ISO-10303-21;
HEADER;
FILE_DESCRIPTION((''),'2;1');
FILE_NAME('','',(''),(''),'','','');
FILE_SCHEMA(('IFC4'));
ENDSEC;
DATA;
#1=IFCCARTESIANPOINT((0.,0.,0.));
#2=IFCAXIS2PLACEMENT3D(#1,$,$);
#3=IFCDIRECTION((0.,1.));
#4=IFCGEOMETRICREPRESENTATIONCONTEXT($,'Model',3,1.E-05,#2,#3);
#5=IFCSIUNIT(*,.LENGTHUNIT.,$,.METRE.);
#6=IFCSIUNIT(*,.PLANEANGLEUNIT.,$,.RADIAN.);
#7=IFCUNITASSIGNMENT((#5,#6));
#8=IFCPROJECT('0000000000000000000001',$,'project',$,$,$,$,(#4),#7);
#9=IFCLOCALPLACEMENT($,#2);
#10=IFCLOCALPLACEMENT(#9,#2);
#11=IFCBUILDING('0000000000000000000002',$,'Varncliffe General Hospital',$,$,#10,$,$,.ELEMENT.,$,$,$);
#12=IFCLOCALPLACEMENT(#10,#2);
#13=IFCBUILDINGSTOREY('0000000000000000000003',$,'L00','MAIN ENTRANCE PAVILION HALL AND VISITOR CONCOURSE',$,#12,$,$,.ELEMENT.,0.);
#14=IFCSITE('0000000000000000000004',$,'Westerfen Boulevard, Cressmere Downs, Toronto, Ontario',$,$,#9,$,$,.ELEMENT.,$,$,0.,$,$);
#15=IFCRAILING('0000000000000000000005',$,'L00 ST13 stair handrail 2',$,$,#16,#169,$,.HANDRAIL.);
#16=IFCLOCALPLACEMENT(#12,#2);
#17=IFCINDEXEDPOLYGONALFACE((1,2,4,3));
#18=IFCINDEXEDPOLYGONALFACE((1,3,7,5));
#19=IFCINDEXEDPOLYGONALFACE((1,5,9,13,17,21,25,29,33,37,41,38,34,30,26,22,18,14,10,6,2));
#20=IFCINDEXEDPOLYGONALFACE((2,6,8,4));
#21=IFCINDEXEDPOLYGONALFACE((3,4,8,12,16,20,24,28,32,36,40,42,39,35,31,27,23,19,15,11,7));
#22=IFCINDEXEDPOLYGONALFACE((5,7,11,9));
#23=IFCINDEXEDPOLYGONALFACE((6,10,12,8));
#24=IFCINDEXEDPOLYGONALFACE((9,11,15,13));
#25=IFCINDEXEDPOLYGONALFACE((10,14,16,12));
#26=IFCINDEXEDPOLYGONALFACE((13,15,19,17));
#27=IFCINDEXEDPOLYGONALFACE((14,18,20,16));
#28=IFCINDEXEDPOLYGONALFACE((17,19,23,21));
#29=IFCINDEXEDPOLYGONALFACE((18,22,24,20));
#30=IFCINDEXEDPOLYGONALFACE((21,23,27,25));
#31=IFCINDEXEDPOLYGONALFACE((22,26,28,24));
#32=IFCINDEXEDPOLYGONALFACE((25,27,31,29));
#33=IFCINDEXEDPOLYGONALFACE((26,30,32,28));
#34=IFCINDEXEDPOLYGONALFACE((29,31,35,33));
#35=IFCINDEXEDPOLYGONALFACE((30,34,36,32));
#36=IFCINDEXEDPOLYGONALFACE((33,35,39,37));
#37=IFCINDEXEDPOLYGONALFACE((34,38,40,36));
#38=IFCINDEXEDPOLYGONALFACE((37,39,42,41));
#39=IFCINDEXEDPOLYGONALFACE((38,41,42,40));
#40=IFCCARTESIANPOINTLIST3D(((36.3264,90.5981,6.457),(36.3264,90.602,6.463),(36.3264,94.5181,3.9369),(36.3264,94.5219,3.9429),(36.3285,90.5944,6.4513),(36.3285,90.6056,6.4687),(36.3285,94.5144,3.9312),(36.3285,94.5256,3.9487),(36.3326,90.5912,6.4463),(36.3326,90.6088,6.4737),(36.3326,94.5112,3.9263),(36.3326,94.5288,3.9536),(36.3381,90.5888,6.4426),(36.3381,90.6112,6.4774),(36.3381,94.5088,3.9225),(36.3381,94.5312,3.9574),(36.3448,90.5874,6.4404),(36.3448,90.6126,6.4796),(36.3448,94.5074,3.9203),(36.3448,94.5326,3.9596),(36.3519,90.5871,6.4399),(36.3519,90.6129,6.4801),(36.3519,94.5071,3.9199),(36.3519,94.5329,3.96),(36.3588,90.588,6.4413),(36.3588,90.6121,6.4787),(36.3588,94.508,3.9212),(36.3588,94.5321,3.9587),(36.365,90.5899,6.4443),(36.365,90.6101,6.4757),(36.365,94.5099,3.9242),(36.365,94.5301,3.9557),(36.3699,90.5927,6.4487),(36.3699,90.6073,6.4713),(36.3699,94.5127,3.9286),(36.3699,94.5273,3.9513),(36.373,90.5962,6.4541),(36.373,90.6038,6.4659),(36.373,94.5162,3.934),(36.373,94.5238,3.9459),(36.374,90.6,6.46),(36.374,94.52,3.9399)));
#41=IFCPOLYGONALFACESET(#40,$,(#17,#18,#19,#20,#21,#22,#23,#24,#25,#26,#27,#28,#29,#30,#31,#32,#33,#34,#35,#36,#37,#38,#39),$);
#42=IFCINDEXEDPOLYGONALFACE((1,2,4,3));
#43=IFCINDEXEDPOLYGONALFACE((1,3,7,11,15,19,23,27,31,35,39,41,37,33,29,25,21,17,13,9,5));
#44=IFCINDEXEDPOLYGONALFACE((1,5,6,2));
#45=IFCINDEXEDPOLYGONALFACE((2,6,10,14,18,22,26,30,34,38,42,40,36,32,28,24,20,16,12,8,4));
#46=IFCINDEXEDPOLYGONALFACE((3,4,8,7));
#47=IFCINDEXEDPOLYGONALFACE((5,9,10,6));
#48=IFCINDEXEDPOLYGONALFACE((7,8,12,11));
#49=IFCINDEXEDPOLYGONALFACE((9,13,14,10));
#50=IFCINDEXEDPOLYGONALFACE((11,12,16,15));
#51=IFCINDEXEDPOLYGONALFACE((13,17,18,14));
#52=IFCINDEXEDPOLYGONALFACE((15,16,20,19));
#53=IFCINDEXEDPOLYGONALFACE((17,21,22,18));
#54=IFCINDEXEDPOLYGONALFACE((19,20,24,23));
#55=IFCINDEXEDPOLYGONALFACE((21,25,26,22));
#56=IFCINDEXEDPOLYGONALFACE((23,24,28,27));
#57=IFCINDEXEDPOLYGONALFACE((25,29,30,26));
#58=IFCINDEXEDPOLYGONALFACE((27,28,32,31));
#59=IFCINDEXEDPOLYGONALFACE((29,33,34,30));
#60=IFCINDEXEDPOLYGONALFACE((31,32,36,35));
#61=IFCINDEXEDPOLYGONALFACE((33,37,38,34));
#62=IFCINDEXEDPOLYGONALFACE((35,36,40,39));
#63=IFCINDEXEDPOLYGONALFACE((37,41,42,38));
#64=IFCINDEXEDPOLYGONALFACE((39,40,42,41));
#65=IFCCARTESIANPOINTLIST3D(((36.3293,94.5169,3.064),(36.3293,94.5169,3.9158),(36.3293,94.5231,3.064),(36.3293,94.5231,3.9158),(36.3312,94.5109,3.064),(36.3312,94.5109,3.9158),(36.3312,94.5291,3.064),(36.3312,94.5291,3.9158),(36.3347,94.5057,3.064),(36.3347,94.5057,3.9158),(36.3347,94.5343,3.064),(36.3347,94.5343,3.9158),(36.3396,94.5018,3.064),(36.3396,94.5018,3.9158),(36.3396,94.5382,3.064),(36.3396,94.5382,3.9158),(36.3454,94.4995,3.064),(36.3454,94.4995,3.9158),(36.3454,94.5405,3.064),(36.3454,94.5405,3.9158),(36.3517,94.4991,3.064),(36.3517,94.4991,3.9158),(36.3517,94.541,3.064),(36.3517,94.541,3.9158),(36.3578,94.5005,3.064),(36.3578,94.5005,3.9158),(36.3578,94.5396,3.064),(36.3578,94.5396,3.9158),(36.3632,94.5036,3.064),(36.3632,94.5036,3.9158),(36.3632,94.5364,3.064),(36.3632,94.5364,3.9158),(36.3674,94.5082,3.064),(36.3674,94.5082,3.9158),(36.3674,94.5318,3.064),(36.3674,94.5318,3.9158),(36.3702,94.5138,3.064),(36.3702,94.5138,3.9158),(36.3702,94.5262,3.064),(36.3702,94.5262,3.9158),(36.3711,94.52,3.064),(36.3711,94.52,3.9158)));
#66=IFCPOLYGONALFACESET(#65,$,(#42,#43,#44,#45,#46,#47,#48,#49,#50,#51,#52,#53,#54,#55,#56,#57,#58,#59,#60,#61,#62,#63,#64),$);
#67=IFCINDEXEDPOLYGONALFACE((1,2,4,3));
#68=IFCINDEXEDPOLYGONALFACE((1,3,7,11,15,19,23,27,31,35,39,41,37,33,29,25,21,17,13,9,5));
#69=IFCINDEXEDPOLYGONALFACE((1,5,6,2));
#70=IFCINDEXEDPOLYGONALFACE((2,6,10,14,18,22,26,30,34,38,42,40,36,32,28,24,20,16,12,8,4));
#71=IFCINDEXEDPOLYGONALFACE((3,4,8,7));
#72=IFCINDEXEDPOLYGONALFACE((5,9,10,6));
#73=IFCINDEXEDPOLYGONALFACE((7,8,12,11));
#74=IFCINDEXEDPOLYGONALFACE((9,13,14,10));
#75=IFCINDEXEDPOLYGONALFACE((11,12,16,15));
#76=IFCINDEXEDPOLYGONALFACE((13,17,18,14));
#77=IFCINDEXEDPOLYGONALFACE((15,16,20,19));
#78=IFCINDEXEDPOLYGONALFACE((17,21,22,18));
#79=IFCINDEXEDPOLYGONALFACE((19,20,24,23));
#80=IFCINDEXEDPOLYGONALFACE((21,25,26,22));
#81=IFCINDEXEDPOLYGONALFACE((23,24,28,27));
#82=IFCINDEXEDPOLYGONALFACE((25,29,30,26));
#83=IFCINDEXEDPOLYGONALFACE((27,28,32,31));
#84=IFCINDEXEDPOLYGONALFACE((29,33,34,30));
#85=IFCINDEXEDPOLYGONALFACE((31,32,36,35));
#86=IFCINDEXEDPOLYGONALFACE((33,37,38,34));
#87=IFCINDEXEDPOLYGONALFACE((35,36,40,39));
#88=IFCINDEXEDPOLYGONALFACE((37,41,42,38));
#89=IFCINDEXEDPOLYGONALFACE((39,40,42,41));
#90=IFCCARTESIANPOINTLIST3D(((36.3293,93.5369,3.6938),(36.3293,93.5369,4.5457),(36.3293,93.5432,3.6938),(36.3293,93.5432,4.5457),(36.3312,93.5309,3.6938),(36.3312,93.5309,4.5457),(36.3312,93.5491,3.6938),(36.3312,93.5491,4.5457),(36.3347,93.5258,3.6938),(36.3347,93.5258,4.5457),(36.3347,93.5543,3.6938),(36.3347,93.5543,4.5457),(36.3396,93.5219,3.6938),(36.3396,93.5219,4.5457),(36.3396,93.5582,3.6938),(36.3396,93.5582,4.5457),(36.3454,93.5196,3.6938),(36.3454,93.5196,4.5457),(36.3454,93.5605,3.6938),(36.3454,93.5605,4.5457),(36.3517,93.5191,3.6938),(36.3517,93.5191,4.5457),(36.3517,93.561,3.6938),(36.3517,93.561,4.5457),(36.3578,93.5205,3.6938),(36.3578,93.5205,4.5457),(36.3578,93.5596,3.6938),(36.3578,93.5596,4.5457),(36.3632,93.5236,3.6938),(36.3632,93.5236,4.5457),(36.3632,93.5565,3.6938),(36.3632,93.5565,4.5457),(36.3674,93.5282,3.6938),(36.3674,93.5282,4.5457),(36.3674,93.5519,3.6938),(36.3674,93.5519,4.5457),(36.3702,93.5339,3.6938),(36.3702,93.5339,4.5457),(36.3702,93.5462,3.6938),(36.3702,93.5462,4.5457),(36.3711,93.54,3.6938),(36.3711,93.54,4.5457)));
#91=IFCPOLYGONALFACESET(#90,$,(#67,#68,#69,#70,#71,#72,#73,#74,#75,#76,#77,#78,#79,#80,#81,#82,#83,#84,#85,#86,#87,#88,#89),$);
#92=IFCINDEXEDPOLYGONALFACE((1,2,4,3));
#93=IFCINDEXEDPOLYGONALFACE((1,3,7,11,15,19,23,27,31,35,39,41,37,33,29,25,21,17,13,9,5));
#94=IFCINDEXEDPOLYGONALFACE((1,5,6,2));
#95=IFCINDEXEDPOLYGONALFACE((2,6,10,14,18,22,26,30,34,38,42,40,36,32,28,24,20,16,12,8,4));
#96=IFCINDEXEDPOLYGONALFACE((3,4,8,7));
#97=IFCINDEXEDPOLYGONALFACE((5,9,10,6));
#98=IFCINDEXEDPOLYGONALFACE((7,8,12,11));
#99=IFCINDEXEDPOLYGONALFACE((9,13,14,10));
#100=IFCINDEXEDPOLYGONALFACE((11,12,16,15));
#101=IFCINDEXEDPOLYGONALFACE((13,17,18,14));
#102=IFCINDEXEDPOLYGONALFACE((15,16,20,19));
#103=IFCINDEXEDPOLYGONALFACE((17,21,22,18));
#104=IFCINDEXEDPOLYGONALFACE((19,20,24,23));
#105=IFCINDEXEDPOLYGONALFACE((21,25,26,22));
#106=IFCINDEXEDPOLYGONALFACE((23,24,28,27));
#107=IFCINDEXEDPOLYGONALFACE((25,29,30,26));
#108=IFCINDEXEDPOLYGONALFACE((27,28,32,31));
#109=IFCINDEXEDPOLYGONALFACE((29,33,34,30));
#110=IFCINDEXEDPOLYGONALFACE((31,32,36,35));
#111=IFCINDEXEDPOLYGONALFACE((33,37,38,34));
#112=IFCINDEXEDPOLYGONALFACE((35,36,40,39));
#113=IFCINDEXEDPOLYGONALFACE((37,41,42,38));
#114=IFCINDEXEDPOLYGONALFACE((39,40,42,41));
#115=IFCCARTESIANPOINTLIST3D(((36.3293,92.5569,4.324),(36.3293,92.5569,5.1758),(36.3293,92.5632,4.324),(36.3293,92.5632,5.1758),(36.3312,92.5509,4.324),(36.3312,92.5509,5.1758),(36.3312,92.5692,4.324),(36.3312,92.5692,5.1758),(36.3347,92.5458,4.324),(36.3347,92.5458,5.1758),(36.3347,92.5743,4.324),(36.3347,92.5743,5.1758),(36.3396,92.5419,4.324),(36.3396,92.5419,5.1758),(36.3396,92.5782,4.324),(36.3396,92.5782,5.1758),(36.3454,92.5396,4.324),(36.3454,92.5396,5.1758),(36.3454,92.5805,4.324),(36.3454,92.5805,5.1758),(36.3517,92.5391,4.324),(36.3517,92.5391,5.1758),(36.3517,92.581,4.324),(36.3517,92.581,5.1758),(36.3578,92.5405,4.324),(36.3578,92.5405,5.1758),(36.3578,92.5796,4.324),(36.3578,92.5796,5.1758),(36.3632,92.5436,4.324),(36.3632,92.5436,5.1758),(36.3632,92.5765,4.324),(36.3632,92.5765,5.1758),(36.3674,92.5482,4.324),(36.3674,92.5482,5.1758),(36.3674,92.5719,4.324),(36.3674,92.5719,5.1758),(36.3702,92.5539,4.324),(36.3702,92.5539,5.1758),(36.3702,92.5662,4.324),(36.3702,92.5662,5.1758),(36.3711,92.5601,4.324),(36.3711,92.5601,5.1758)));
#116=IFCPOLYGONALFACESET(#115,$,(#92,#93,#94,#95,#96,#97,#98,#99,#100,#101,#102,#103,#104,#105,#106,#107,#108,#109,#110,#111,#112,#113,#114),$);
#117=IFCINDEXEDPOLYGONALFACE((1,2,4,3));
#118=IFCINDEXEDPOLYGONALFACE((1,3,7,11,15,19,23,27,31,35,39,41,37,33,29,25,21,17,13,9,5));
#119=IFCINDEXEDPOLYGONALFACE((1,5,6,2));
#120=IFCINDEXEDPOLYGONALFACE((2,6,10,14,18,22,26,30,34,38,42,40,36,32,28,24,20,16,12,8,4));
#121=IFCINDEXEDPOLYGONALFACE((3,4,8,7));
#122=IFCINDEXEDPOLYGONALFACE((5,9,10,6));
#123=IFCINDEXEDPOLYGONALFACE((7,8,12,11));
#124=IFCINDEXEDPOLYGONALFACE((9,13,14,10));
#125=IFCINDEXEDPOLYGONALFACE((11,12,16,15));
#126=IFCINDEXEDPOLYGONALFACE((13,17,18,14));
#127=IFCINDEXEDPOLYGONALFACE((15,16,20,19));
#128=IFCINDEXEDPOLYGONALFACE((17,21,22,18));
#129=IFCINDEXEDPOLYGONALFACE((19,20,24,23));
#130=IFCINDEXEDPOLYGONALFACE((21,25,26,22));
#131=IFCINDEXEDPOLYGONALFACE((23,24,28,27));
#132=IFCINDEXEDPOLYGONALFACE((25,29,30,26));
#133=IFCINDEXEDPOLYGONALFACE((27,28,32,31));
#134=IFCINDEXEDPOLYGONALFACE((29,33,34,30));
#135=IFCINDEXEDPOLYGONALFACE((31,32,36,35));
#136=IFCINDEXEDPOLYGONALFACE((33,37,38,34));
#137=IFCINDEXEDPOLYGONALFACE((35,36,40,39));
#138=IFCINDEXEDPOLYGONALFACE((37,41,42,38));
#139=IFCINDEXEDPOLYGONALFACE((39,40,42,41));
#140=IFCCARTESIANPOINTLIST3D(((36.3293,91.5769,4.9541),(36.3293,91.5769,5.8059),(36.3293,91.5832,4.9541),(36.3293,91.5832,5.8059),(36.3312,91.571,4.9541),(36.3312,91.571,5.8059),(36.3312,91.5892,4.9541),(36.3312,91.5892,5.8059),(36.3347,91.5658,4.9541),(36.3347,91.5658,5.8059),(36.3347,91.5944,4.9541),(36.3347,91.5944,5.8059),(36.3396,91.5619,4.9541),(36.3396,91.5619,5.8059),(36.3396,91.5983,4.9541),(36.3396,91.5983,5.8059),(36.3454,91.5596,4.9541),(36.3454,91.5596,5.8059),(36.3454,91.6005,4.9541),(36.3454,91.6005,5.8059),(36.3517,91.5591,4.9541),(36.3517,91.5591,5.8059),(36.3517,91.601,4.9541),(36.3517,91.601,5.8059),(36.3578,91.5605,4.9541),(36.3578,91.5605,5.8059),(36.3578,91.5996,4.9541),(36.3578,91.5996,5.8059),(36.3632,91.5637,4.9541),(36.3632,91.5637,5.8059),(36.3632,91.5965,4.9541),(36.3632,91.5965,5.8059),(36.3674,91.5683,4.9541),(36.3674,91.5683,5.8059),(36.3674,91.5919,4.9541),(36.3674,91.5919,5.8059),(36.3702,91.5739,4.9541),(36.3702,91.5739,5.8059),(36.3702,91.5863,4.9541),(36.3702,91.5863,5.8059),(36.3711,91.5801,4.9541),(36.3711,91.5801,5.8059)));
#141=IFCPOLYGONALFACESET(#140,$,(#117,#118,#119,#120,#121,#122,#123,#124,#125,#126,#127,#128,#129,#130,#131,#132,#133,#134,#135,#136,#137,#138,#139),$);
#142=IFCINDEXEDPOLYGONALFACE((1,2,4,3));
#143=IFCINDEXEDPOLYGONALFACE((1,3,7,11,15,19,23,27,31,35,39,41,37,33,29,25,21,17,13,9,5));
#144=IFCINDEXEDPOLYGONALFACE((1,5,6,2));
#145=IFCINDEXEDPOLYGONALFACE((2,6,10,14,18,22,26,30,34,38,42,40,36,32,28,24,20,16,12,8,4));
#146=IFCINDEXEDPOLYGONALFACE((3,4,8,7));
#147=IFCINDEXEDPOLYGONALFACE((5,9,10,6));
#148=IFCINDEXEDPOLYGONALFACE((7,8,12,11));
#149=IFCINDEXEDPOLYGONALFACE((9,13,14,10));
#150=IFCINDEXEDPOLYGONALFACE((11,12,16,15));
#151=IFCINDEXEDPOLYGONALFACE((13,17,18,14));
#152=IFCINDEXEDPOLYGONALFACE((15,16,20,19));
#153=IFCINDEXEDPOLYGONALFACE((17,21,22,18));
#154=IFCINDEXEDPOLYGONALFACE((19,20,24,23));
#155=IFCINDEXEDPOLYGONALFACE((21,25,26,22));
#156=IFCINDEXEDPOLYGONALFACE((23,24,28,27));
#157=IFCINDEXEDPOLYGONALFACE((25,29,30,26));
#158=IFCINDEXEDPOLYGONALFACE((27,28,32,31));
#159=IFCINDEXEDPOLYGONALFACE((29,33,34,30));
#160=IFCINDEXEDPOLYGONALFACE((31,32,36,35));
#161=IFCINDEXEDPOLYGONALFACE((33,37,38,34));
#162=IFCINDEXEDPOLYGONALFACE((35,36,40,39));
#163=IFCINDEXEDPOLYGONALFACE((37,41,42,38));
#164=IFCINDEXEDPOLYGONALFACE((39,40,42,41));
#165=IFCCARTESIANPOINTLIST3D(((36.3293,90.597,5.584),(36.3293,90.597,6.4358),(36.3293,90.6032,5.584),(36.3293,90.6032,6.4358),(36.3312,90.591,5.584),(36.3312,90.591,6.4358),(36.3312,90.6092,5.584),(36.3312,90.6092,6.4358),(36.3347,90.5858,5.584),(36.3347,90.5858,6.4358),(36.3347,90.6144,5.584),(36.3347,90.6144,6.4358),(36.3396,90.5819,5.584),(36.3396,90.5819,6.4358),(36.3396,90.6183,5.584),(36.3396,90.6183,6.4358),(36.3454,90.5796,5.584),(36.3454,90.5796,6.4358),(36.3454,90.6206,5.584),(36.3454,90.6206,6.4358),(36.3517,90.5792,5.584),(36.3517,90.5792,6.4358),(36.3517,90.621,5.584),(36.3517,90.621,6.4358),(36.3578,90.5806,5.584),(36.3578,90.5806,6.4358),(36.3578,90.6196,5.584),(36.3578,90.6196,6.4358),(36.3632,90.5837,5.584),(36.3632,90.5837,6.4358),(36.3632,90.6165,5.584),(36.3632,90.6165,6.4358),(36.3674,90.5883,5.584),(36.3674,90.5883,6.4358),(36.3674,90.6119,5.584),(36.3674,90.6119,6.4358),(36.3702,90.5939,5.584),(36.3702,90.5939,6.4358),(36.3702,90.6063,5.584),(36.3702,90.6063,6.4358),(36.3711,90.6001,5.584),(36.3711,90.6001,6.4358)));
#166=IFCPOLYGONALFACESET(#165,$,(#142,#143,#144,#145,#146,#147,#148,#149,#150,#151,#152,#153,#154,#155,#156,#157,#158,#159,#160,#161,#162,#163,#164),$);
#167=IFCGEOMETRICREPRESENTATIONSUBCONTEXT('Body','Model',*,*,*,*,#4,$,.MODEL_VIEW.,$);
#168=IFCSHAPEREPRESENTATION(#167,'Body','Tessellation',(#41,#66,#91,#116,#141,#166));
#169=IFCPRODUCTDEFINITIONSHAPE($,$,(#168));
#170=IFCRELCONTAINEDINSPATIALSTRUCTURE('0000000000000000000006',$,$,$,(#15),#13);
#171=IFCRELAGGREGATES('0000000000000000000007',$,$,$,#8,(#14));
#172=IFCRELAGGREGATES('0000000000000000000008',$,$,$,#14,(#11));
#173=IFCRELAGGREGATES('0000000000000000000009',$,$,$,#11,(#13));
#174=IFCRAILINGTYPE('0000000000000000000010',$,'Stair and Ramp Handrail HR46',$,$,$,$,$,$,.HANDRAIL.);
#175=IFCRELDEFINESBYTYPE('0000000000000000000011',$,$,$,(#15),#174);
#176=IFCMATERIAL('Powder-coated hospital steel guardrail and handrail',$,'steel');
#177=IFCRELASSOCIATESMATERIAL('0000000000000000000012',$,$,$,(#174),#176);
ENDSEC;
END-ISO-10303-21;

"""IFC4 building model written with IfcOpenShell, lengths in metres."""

from ifc_helpers import new_model, si_unit, direction, frame, origin, origin_2d, place, context, subcontext, project, spatial, circle, extrude, material, type_object, element, save


model = new_model("IFC4")

# Units and contexts
model_context = context("Model", 3, precision=1e-05, world=origin(), true_north=direction((0.0, 1.0)))
body_context = subcontext(model_context, "Body", "Model", "MODEL_VIEW")
ifc_project = project(units=[si_unit("LENGTHUNIT", "METRE"), si_unit("PLANEANGLEUNIT", "RADIAN")], contexts=[model_context])

# Site, building, storey
site_placement = place(None, origin())
site = spatial("IfcSite", under=ifc_project, at=site_placement, Name="Westerfen Boulevard, Cressmere Downs, Toronto, Ontario", CompositionType="ELEMENT", RefElevation=0.0)
building_placement = place(site_placement, origin())
building = spatial("IfcBuilding", under=site, at=building_placement, Name="Varncliffe General Hospital", CompositionType="ELEMENT")
storey_placement = place(building_placement, origin())
storey = spatial("IfcBuildingStorey", under=building, at=storey_placement, Name="L00", Description="MAIN ENTRANCE PAVILION HALL AND VISITOR CONCOURSE", CompositionType="ELEMENT", Elevation=0.0)

# Railing
ifc_material_1 = material(Name="Powder-coated hospital steel guardrail and handrail", Category="steel")
railing_type_1 = type_object("IfcRailingType", Name="Stair and Ramp Handrail HR46", PredefinedType="HANDRAIL", material=ifc_material_1)
railing_1_placement = place(storey_placement, frame((36.3501, 94.52, 3.064)))
element("IfcRailing", 1, at=railing_1_placement, inside=storey, type_object=railing_type_1, Name="L00 ST13 stair handrail 2", PredefinedType="HANDRAIL", context=body_context, shape_type="SweptSolid", body=[
    extrude(circle(Radius=0.0239, at=origin_2d()), frame((0.0, 0.0, 0.876), z_axis=(0.0, -0.841172, 0.540768), x_axis=(1.0, 0.0, 0.0)), (0.0, 0.0, 1.0), 4.6602),
    extrude(circle(Radius=0.021, at=origin_2d()), origin(), (0.0, 0.0, 1.0), 0.8518),
    extrude(circle(Radius=0.021, at=origin_2d()), frame((0.0, -0.98, 0.6299)), (0.0, 0.0, 1.0), 0.8518),
    extrude(circle(Radius=0.021, at=origin_2d()), frame((0.0, -1.96, 1.26)), (0.0, 0.0, 1.0), 0.8518),
    extrude(circle(Radius=0.021, at=origin_2d()), frame((0.0, -2.9399, 1.8901)), (0.0, 0.0, 1.0), 0.8518),
    extrude(circle(Radius=0.021, at=origin_2d()), frame((0.0, -3.9199, 2.52)), (0.0, 0.0, 1.0), 0.8518),
])

save(model, "model.ifc")
